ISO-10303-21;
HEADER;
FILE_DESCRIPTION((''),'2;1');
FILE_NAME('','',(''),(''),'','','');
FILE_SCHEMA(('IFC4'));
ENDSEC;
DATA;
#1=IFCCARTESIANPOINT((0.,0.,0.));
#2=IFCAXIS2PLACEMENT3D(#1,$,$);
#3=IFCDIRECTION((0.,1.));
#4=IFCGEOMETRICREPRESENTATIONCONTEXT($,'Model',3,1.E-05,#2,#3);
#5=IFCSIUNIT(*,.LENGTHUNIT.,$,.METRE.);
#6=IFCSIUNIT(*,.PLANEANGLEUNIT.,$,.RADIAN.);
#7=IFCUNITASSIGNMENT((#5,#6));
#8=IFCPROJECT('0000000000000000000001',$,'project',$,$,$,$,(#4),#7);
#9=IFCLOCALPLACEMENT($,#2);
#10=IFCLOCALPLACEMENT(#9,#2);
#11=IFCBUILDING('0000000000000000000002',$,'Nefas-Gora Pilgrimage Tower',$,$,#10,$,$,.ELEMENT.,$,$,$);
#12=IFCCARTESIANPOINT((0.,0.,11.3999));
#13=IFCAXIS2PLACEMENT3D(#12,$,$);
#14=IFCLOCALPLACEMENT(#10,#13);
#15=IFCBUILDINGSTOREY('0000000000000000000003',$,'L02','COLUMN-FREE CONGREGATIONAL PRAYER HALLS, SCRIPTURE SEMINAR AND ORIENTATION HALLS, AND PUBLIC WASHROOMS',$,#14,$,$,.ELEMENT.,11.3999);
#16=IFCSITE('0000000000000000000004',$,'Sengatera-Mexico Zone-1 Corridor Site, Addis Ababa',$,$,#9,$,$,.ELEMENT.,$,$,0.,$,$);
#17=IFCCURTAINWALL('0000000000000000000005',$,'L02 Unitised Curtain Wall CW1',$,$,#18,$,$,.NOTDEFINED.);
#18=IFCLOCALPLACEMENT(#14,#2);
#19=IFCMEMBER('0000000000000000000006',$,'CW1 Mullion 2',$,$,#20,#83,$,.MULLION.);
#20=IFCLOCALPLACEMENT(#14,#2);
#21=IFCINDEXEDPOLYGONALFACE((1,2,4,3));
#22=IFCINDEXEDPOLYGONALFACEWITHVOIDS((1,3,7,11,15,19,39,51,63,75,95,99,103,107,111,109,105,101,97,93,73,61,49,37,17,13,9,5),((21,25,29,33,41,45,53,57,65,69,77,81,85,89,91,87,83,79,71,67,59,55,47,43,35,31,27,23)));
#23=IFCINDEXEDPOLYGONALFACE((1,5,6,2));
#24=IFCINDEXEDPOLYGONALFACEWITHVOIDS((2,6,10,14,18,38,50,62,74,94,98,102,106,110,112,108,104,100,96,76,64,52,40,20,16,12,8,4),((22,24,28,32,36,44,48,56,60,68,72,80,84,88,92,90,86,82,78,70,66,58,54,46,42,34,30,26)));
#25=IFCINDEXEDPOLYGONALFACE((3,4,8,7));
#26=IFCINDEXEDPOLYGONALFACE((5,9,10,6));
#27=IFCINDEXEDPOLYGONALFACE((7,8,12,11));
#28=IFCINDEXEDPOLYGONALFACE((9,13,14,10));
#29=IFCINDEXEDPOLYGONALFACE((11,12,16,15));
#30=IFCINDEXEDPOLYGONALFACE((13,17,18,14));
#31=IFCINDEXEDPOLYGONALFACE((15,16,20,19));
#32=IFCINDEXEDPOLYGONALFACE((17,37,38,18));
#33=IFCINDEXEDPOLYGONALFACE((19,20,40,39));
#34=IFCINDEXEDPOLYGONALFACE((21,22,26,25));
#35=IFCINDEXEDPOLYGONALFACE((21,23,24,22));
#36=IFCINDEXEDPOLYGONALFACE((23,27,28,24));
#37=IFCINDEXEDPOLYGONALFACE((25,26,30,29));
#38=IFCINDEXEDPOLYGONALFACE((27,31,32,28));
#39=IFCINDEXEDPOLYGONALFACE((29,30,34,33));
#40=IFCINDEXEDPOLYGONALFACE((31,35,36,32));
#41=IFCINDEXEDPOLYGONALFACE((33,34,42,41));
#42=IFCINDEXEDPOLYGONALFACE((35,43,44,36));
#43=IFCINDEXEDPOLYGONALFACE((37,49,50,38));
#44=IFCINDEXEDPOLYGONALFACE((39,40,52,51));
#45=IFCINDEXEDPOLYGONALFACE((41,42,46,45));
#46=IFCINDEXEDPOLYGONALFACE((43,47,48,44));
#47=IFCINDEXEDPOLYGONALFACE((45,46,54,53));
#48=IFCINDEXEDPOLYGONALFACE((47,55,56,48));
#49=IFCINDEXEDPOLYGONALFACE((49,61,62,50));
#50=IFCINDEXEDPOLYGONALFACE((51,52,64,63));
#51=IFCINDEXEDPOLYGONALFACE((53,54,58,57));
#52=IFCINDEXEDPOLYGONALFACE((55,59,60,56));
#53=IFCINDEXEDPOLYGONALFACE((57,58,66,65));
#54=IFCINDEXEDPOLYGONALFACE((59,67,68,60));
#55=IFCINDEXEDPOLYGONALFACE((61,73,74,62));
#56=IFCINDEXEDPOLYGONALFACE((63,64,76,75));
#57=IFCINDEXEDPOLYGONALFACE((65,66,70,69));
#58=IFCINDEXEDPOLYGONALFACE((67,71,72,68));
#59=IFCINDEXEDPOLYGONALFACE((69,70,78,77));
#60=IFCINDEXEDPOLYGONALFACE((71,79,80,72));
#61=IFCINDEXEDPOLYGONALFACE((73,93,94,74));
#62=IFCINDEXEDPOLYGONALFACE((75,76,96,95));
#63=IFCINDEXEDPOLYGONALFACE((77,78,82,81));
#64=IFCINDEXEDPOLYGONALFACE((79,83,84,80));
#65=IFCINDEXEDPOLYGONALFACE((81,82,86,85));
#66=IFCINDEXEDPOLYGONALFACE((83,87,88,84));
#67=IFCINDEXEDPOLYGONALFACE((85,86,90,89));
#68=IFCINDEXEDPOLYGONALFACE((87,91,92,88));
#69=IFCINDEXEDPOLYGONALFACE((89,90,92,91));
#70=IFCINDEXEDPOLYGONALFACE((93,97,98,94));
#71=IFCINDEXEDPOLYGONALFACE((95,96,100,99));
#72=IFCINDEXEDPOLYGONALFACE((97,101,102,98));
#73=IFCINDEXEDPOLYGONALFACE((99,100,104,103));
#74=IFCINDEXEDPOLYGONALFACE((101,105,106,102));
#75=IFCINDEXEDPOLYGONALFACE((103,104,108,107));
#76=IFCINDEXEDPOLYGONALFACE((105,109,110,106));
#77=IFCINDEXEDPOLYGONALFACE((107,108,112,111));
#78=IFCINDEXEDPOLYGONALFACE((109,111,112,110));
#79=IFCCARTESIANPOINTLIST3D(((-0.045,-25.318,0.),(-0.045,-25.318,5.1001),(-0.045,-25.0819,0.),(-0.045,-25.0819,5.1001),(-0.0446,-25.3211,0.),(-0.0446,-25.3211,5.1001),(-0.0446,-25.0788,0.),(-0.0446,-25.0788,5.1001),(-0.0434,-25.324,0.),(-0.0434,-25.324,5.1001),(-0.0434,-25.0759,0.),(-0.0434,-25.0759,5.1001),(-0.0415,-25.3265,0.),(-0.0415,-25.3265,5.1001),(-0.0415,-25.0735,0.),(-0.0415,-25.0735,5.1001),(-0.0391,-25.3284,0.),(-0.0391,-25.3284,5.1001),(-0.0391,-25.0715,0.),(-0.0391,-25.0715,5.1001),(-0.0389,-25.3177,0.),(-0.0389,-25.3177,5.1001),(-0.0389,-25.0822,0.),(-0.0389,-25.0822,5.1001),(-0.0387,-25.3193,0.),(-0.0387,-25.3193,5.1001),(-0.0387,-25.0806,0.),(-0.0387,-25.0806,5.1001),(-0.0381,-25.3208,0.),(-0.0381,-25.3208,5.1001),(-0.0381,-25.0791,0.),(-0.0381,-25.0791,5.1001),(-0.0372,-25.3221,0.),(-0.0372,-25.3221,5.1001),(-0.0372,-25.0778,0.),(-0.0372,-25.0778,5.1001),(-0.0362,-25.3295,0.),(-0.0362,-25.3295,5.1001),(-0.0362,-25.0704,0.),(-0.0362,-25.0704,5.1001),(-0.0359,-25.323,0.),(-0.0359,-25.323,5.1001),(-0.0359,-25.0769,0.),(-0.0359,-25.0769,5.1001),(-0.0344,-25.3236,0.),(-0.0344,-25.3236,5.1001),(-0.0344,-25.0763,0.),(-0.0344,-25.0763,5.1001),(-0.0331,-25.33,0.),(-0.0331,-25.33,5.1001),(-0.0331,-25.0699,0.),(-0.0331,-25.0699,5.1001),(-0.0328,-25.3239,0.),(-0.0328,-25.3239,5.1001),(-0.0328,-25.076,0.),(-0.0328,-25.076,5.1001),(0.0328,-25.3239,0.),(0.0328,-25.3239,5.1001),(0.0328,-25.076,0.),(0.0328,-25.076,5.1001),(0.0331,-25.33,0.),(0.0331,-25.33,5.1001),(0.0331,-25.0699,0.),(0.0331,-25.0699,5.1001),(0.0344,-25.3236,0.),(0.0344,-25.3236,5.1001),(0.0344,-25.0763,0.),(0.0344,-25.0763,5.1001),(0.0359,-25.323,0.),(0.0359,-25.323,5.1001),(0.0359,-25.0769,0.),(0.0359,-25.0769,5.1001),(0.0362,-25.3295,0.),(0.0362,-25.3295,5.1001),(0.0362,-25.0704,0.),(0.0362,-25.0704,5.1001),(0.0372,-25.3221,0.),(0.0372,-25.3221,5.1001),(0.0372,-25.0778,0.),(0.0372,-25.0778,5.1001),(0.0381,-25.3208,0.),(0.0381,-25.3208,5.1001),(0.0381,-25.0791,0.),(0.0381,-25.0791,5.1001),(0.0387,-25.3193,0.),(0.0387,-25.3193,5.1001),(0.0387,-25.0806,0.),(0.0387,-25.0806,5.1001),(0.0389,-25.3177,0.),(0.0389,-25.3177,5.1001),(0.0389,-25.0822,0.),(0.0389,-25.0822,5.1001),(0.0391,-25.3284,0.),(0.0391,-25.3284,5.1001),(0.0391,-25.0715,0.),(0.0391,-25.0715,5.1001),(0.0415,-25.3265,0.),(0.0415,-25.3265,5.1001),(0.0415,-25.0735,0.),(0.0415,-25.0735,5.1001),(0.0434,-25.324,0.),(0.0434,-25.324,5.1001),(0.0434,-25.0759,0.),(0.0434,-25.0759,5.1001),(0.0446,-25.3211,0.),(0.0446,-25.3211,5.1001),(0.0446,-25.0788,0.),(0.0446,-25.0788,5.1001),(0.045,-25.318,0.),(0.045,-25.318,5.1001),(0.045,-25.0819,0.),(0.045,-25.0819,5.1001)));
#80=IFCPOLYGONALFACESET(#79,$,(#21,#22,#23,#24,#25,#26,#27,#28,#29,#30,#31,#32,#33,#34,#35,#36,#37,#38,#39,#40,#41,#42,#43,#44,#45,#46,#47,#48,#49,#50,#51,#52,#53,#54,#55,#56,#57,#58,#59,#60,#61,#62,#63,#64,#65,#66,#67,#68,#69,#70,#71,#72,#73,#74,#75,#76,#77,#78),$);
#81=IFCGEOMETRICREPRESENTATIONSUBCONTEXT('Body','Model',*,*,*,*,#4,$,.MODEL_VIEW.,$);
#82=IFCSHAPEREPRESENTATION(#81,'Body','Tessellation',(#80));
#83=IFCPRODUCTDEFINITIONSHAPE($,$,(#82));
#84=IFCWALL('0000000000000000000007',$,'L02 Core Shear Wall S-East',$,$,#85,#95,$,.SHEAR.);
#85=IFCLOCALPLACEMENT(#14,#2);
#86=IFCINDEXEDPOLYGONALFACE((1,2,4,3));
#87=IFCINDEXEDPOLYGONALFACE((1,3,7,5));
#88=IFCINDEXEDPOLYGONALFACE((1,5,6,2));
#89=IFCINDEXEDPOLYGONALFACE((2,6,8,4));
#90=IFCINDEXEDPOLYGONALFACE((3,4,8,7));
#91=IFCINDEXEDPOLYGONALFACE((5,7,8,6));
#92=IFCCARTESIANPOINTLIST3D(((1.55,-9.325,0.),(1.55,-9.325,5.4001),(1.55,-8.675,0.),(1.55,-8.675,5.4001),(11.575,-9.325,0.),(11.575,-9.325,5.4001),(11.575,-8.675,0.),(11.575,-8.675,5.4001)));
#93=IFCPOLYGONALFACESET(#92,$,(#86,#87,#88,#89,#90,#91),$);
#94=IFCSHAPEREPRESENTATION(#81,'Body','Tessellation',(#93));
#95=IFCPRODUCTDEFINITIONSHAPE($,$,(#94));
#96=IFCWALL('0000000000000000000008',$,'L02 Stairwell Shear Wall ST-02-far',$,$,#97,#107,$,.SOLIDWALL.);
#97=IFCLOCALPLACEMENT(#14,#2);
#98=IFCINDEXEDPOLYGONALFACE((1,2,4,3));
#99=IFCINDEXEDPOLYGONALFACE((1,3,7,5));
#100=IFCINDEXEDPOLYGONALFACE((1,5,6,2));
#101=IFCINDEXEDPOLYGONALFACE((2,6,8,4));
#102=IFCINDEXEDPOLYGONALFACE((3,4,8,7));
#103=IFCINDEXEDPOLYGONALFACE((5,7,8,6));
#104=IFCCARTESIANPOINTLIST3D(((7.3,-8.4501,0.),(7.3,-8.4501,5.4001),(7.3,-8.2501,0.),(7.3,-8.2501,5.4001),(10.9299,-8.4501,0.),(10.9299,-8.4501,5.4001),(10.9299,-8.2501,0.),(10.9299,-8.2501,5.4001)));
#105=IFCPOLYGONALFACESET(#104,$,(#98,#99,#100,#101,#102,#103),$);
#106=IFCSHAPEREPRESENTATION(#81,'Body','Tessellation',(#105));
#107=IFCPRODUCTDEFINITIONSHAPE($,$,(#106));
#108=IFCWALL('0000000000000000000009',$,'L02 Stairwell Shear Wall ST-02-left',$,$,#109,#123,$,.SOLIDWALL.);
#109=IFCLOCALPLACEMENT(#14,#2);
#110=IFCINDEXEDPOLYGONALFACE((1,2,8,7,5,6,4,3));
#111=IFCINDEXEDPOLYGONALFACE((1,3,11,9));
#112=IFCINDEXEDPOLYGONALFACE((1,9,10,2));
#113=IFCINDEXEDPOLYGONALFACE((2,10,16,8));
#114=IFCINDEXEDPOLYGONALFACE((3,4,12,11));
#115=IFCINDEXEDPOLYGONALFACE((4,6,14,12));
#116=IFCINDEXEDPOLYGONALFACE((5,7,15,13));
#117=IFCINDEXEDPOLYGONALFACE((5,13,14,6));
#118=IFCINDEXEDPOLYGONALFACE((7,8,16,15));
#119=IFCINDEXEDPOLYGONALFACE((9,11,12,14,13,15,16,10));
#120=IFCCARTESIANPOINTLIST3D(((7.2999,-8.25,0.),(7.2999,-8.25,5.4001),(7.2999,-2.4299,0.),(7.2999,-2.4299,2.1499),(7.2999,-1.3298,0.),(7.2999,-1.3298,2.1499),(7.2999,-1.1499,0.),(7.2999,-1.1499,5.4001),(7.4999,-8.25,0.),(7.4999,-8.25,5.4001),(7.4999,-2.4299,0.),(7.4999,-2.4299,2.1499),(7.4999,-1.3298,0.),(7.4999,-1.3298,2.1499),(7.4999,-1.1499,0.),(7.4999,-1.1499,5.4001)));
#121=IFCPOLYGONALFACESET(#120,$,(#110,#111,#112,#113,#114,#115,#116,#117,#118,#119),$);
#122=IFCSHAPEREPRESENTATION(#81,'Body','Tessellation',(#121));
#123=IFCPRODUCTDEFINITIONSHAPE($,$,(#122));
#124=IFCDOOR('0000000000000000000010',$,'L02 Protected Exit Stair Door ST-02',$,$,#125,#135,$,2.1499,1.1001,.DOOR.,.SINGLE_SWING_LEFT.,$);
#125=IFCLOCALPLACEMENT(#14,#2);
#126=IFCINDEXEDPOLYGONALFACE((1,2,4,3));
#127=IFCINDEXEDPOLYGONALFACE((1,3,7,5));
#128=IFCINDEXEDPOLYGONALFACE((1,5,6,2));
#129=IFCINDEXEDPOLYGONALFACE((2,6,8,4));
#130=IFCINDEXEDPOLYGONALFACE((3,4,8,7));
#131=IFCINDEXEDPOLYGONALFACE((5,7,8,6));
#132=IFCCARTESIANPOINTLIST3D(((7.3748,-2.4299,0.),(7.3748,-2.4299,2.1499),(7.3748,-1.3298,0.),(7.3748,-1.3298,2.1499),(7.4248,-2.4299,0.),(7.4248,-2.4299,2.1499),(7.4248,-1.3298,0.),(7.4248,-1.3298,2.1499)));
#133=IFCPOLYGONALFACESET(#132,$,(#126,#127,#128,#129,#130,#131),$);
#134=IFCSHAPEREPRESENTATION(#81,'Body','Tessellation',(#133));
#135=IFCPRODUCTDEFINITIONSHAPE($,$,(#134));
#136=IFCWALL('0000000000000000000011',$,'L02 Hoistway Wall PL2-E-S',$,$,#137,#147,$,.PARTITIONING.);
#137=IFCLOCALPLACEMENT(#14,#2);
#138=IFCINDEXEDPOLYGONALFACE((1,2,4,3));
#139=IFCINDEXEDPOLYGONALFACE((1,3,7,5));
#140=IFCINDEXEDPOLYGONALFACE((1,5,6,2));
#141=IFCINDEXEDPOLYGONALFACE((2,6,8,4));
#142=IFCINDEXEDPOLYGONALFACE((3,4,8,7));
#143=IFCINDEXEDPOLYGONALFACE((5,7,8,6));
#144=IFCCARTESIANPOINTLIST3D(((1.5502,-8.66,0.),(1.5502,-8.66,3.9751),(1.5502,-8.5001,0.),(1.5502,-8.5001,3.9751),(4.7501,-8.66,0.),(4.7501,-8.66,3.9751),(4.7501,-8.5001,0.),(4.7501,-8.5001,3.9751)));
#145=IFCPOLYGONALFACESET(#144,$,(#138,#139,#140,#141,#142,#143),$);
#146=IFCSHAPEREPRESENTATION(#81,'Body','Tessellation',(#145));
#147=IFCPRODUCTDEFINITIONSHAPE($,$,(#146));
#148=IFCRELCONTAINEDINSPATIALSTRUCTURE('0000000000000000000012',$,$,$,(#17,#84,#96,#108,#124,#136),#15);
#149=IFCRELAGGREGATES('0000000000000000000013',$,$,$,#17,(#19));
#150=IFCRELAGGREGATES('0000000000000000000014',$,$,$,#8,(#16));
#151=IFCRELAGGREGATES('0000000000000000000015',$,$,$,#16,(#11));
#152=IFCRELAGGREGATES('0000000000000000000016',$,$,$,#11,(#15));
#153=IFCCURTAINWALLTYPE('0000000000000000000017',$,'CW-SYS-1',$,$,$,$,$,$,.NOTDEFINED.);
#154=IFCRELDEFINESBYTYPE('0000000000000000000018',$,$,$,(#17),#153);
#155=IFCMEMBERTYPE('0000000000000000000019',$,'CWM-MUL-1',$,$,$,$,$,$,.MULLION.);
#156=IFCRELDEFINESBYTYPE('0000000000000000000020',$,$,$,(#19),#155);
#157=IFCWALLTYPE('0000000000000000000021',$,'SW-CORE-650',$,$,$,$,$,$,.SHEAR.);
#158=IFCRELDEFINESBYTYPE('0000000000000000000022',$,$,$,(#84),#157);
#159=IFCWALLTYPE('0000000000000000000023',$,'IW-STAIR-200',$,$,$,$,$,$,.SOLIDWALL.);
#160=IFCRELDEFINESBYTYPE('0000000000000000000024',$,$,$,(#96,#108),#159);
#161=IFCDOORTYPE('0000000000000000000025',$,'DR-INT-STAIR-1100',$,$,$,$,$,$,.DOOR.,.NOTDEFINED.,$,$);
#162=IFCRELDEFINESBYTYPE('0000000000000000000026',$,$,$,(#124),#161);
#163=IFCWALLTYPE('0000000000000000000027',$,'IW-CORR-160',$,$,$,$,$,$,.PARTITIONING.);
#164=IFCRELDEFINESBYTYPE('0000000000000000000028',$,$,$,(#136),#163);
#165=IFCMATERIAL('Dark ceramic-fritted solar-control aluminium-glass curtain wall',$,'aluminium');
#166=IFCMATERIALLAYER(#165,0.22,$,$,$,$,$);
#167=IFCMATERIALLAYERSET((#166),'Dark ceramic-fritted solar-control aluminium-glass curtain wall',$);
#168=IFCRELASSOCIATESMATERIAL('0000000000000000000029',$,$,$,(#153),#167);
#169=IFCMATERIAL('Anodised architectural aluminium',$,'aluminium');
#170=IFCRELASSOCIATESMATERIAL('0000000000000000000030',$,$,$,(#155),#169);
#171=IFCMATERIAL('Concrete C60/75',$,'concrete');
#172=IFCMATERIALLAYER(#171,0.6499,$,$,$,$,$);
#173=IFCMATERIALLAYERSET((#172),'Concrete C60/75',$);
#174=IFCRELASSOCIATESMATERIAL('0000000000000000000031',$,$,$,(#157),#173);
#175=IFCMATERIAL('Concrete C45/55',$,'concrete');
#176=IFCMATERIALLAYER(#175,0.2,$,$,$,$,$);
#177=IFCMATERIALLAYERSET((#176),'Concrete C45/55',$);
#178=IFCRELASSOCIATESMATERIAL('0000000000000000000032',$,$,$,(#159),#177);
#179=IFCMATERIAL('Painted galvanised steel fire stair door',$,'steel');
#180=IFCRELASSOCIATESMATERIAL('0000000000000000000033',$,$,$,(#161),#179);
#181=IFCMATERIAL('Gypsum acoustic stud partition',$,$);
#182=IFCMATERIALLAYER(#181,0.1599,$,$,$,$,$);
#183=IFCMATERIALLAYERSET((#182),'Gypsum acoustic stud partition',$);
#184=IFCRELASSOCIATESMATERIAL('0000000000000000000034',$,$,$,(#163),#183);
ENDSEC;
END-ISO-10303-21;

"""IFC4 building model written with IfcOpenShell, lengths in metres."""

from ifc_helpers import new_model, si_unit, direction, frame, frame_2d, origin, origin_2d, place, context, subcontext, project, spatial, rectangle, hollow_rectangle, extrude, source, transform, mapped, material, layer, layer_set, material_profile, profile_set, type_object, element, fill, aggregate, save


model = new_model("IFC4")

# Units and contexts
model_context = context("Model", 3, precision=1e-05, world=origin(), true_north=direction((0.0, 1.0)))
body_context = subcontext(model_context, "Body", "Model", "MODEL_VIEW")
ifc_project = project(units=[si_unit("LENGTHUNIT", "METRE"), si_unit("PLANEANGLEUNIT", "RADIAN")], contexts=[model_context])

# Site, building, storey
site_placement = place(None, origin())
site = spatial("IfcSite", under=ifc_project, at=site_placement, Name="Sengatera-Mexico Zone-1 Corridor Site, Addis Ababa", CompositionType="ELEMENT", RefElevation=0.0)
building_placement = place(site_placement, origin())
building = spatial("IfcBuilding", under=site, at=building_placement, Name="Nefas-Gora Pilgrimage Tower", CompositionType="ELEMENT")
storey_placement = place(building_placement, frame((0.0, 0.0, 11.3999)))
storey = spatial("IfcBuildingStorey", under=building, at=storey_placement, Name="L02", Description="COLUMN-FREE CONGREGATIONAL PRAYER HALLS, SCRIPTURE SEMINAR AND ORIENTATION HALLS, AND PUBLIC WASHROOMS", CompositionType="ELEMENT", Elevation=11.3999)

# Curtain wall, member
ifc_material_1 = material(Name="Dark ceramic-fritted solar-control aluminium-glass curtain wall", Category="aluminium")
ifc_layer_1 = layer(ifc_material_1, 0.22)
ifc_layer_set_1 = layer_set([ifc_layer_1], Name="Dark ceramic-fritted solar-control aluminium-glass curtain wall")
curtain_wall_type = type_object("IfcCurtainWallType", Name="CW-SYS-1", PredefinedType="NOTDEFINED", material=ifc_layer_set_1)
curtain_wall_placement = place(storey_placement, origin())
curtain_wall = element("IfcCurtainWall", 1, at=curtain_wall_placement, inside=storey, type_object=curtain_wall_type, Name="L02 Unitised Curtain Wall CW1", PredefinedType="NOTDEFINED")
ifc_material_2 = material(Name="Anodised architectural aluminium", Category="aluminium")
ifc_material_profile_1 = material_profile(ifc_material_2, hollow_rectangle(XDim=0.0901, YDim=0.26, WallThickness=0.0061, InnerFilletRadius=0.0061, OuterFilletRadius=0.012, at=origin_2d()), Name="ALU MULLION 90x260")
ifc_profile_set_1 = profile_set([ifc_material_profile_1], Name="Anodised architectural aluminium")
member_type = type_object("IfcMemberType", Name="CWM-MUL-1", PredefinedType="MULLION", material=ifc_profile_set_1)
shared_shape_1 = source(origin(), body_context, "Body", "SweptSolid", [
    extrude(hollow_rectangle(XDim=0.0901, YDim=0.26, WallThickness=0.0061, InnerFilletRadius=0.0061, OuterFilletRadius=0.012, at=origin_2d()), origin(), (0.0, 0.0, 1.0), 5.1001),
])
member_placement = place(storey_placement, frame((0.0, -25.2, 0.0), z_axis=(0.0, 0.0, 1.0), x_axis=(1.0, 0.0, 0.0)))
member = element("IfcMember", 2, at=member_placement, type_object=member_type, Name="CW1 Mullion 2", PredefinedType="MULLION", context=body_context, shape_type="MappedRepresentation", body=[
    mapped(shared_shape_1, transform((0.0, 0.0, 0.0), x_axis=(1.0, 0.0, 0.0), y_axis=(0.0, 1.0, 0.0), z_axis=(0.0, 0.0, 1.0), scale=1.0)),
])
aggregate(curtain_wall, [member])

# Walls
ifc_material_3 = material(Name="Concrete C60/75", Category="concrete")
ifc_layer_2 = layer(ifc_material_3, 0.6499)
ifc_layer_set_2 = layer_set([ifc_layer_2], Name="Concrete C60/75")
wall_type_1 = type_object("IfcWallType", Name="SW-CORE-650", PredefinedType="SHEAR", material=ifc_layer_set_2)
shared_shape_2 = source(origin(), body_context, "Body", "SweptSolid", [
    extrude(rectangle(XDim=10.0249, YDim=0.6499, at=frame_2d((5.0125, 0.0))), origin(), (0.0, 0.0, 1.0), 5.4001),
])
wall_1_placement = place(storey_placement, frame((1.55, -9.0, 0.0), z_axis=(0.0, 0.0, 1.0), x_axis=(1.0, 0.0, 0.0)))
element("IfcWall", 3, at=wall_1_placement, inside=storey, type_object=wall_type_1, Name="L02 Core Shear Wall S-East", PredefinedType="SHEAR", context=body_context, shape_type="MappedRepresentation", body=[
    mapped(shared_shape_2, transform((0.0, 0.0, 0.0), x_axis=(1.0, 0.0, 0.0), y_axis=(0.0, 1.0, 0.0), z_axis=(0.0, 0.0, 1.0), scale=1.0)),
])
ifc_material_4 = material(Name="Concrete C45/55", Category="concrete")
ifc_layer_3 = layer(ifc_material_4, 0.2)
ifc_layer_set_3 = layer_set([ifc_layer_3], Name="Concrete C45/55")
wall_type_2 = type_object("IfcWallType", Name="IW-STAIR-200", PredefinedType="SOLIDWALL", material=ifc_layer_set_3)
shared_shape_3 = source(origin(), body_context, "Body", "SweptSolid", [
    extrude(rectangle(XDim=3.6299, YDim=0.2, at=frame_2d((1.8149, 0.0))), origin(), (0.0, 0.0, 1.0), 5.4001),
])
wall_2_placement = place(storey_placement, frame((7.3, -8.3501, 0.0), z_axis=(0.0, 0.0, 1.0), x_axis=(1.0, 0.0, 0.0)))
element("IfcWall", 4, at=wall_2_placement, inside=storey, type_object=wall_type_2, Name="L02 Stairwell Shear Wall ST-02-far", PredefinedType="SOLIDWALL", context=body_context, shape_type="MappedRepresentation", body=[
    mapped(shared_shape_3, transform((0.0, 0.0, 0.0), x_axis=(1.0, 0.0, 0.0), y_axis=(0.0, 1.0, 0.0), z_axis=(0.0, 0.0, 1.0), scale=1.0)),
])

# Wall, opening, door
shared_shape_4 = source(origin(), body_context, "Body", "SweptSolid", [
    extrude(rectangle(XDim=7.1001, YDim=0.2, at=frame_2d((3.55, 0.0))), origin(), (0.0, 0.0, 1.0), 5.4001),
])
wall_3_placement = place(storey_placement, frame((7.3999, -1.1499, 0.0), z_axis=(0.0, 0.0, 1.0), x_axis=(0.0, -1.0, 0.0)))
wall_3 = element("IfcWall", 5, at=wall_3_placement, inside=storey, type_object=wall_type_2, Name="L02 Stairwell Shear Wall ST-02-left", PredefinedType="SOLIDWALL", context=body_context, shape_type="MappedRepresentation", body=[
    mapped(shared_shape_4, transform((0.0, 0.0, 0.0), x_axis=(1.0, 0.0, 0.0), y_axis=(0.0, 1.0, 0.0), z_axis=(0.0, 0.0, 1.0), scale=1.0)),
])
opening_1_placement = place(wall_3_placement, frame((0.1799, 0.0, 0.0)))
opening_1 = element("IfcOpeningElement", 6, at=opening_1_placement, cuts=wall_3, PredefinedType="OPENING", context=body_context, shape_type="SweptSolid", body=[
    extrude(rectangle(XDim=1.1001, YDim=2.1499, at=frame_2d((0.55, 1.075))), frame((0.0, 0.1099, 0.0), z_axis=(0.0, -1.0, 0.0), x_axis=(1.0, 0.0, 0.0)), (0.0, 0.0, 1.0), 0.22),
])
ifc_material_5 = material(Name="Painted galvanised steel fire stair door", Category="steel")
door_type_1 = type_object("IfcDoorType", Name="DR-INT-STAIR-1100", OperationType="NOTDEFINED", PredefinedType="DOOR", material=ifc_material_5)
shared_shape_5 = source(origin(), body_context, "Body", "SweptSolid", [
    extrude(rectangle(XDim=1.1001, YDim=2.1499, at=frame_2d((0.55, 1.075))), frame((0.0, 0.0249, 0.0), z_axis=(0.0, -1.0, 0.0), x_axis=(1.0, 0.0, 0.0)), (0.0, 0.0, 1.0), 0.05),
])
door_1_placement = place(opening_1_placement, origin())
door_1 = element("IfcDoor", 7, at=door_1_placement, inside=storey, type_object=door_type_1, Name="L02 Protected Exit Stair Door ST-02", OperationType="SINGLE_SWING_LEFT", OverallHeight=2.1499, OverallWidth=1.1001, PredefinedType="DOOR", context=body_context, shape_type="MappedRepresentation", body=[
    mapped(shared_shape_5, transform((0.0, 0.0, 0.0), x_axis=(1.0, 0.0, 0.0), y_axis=(0.0, 1.0, 0.0), z_axis=(0.0, 0.0, 1.0), scale=1.0)),
])
fill(opening_1, door_1)

# Wall
ifc_material_6 = material(Name="Gypsum acoustic stud partition")
ifc_layer_4 = layer(ifc_material_6, 0.1599)
ifc_layer_set_4 = layer_set([ifc_layer_4], Name="Gypsum acoustic stud partition")
wall_type_3 = type_object("IfcWallType", Name="IW-CORR-160", PredefinedType="PARTITIONING", material=ifc_layer_set_4)
shared_shape_6 = source(origin(), body_context, "Body", "SweptSolid", [
    extrude(rectangle(XDim=3.2, YDim=0.1599, at=frame_2d((1.6001, 0.0))), origin(), (0.0, 0.0, 1.0), 3.9751),
])
wall_4_placement = place(storey_placement, frame((1.55, -8.5801, 0.0), z_axis=(0.0, 0.0, 1.0), x_axis=(1.0, 0.0, 0.0)))
element("IfcWall", 8, at=wall_4_placement, inside=storey, type_object=wall_type_3, Name="L02 Hoistway Wall PL2-E-S", PredefinedType="PARTITIONING", context=body_context, shape_type="MappedRepresentation", body=[
    mapped(shared_shape_6, transform((0.0, 0.0, 0.0), x_axis=(1.0, 0.0, 0.0), y_axis=(0.0, 1.0, 0.0), z_axis=(0.0, 0.0, 1.0), scale=1.0)),
])

save(model, "model.ifc")
